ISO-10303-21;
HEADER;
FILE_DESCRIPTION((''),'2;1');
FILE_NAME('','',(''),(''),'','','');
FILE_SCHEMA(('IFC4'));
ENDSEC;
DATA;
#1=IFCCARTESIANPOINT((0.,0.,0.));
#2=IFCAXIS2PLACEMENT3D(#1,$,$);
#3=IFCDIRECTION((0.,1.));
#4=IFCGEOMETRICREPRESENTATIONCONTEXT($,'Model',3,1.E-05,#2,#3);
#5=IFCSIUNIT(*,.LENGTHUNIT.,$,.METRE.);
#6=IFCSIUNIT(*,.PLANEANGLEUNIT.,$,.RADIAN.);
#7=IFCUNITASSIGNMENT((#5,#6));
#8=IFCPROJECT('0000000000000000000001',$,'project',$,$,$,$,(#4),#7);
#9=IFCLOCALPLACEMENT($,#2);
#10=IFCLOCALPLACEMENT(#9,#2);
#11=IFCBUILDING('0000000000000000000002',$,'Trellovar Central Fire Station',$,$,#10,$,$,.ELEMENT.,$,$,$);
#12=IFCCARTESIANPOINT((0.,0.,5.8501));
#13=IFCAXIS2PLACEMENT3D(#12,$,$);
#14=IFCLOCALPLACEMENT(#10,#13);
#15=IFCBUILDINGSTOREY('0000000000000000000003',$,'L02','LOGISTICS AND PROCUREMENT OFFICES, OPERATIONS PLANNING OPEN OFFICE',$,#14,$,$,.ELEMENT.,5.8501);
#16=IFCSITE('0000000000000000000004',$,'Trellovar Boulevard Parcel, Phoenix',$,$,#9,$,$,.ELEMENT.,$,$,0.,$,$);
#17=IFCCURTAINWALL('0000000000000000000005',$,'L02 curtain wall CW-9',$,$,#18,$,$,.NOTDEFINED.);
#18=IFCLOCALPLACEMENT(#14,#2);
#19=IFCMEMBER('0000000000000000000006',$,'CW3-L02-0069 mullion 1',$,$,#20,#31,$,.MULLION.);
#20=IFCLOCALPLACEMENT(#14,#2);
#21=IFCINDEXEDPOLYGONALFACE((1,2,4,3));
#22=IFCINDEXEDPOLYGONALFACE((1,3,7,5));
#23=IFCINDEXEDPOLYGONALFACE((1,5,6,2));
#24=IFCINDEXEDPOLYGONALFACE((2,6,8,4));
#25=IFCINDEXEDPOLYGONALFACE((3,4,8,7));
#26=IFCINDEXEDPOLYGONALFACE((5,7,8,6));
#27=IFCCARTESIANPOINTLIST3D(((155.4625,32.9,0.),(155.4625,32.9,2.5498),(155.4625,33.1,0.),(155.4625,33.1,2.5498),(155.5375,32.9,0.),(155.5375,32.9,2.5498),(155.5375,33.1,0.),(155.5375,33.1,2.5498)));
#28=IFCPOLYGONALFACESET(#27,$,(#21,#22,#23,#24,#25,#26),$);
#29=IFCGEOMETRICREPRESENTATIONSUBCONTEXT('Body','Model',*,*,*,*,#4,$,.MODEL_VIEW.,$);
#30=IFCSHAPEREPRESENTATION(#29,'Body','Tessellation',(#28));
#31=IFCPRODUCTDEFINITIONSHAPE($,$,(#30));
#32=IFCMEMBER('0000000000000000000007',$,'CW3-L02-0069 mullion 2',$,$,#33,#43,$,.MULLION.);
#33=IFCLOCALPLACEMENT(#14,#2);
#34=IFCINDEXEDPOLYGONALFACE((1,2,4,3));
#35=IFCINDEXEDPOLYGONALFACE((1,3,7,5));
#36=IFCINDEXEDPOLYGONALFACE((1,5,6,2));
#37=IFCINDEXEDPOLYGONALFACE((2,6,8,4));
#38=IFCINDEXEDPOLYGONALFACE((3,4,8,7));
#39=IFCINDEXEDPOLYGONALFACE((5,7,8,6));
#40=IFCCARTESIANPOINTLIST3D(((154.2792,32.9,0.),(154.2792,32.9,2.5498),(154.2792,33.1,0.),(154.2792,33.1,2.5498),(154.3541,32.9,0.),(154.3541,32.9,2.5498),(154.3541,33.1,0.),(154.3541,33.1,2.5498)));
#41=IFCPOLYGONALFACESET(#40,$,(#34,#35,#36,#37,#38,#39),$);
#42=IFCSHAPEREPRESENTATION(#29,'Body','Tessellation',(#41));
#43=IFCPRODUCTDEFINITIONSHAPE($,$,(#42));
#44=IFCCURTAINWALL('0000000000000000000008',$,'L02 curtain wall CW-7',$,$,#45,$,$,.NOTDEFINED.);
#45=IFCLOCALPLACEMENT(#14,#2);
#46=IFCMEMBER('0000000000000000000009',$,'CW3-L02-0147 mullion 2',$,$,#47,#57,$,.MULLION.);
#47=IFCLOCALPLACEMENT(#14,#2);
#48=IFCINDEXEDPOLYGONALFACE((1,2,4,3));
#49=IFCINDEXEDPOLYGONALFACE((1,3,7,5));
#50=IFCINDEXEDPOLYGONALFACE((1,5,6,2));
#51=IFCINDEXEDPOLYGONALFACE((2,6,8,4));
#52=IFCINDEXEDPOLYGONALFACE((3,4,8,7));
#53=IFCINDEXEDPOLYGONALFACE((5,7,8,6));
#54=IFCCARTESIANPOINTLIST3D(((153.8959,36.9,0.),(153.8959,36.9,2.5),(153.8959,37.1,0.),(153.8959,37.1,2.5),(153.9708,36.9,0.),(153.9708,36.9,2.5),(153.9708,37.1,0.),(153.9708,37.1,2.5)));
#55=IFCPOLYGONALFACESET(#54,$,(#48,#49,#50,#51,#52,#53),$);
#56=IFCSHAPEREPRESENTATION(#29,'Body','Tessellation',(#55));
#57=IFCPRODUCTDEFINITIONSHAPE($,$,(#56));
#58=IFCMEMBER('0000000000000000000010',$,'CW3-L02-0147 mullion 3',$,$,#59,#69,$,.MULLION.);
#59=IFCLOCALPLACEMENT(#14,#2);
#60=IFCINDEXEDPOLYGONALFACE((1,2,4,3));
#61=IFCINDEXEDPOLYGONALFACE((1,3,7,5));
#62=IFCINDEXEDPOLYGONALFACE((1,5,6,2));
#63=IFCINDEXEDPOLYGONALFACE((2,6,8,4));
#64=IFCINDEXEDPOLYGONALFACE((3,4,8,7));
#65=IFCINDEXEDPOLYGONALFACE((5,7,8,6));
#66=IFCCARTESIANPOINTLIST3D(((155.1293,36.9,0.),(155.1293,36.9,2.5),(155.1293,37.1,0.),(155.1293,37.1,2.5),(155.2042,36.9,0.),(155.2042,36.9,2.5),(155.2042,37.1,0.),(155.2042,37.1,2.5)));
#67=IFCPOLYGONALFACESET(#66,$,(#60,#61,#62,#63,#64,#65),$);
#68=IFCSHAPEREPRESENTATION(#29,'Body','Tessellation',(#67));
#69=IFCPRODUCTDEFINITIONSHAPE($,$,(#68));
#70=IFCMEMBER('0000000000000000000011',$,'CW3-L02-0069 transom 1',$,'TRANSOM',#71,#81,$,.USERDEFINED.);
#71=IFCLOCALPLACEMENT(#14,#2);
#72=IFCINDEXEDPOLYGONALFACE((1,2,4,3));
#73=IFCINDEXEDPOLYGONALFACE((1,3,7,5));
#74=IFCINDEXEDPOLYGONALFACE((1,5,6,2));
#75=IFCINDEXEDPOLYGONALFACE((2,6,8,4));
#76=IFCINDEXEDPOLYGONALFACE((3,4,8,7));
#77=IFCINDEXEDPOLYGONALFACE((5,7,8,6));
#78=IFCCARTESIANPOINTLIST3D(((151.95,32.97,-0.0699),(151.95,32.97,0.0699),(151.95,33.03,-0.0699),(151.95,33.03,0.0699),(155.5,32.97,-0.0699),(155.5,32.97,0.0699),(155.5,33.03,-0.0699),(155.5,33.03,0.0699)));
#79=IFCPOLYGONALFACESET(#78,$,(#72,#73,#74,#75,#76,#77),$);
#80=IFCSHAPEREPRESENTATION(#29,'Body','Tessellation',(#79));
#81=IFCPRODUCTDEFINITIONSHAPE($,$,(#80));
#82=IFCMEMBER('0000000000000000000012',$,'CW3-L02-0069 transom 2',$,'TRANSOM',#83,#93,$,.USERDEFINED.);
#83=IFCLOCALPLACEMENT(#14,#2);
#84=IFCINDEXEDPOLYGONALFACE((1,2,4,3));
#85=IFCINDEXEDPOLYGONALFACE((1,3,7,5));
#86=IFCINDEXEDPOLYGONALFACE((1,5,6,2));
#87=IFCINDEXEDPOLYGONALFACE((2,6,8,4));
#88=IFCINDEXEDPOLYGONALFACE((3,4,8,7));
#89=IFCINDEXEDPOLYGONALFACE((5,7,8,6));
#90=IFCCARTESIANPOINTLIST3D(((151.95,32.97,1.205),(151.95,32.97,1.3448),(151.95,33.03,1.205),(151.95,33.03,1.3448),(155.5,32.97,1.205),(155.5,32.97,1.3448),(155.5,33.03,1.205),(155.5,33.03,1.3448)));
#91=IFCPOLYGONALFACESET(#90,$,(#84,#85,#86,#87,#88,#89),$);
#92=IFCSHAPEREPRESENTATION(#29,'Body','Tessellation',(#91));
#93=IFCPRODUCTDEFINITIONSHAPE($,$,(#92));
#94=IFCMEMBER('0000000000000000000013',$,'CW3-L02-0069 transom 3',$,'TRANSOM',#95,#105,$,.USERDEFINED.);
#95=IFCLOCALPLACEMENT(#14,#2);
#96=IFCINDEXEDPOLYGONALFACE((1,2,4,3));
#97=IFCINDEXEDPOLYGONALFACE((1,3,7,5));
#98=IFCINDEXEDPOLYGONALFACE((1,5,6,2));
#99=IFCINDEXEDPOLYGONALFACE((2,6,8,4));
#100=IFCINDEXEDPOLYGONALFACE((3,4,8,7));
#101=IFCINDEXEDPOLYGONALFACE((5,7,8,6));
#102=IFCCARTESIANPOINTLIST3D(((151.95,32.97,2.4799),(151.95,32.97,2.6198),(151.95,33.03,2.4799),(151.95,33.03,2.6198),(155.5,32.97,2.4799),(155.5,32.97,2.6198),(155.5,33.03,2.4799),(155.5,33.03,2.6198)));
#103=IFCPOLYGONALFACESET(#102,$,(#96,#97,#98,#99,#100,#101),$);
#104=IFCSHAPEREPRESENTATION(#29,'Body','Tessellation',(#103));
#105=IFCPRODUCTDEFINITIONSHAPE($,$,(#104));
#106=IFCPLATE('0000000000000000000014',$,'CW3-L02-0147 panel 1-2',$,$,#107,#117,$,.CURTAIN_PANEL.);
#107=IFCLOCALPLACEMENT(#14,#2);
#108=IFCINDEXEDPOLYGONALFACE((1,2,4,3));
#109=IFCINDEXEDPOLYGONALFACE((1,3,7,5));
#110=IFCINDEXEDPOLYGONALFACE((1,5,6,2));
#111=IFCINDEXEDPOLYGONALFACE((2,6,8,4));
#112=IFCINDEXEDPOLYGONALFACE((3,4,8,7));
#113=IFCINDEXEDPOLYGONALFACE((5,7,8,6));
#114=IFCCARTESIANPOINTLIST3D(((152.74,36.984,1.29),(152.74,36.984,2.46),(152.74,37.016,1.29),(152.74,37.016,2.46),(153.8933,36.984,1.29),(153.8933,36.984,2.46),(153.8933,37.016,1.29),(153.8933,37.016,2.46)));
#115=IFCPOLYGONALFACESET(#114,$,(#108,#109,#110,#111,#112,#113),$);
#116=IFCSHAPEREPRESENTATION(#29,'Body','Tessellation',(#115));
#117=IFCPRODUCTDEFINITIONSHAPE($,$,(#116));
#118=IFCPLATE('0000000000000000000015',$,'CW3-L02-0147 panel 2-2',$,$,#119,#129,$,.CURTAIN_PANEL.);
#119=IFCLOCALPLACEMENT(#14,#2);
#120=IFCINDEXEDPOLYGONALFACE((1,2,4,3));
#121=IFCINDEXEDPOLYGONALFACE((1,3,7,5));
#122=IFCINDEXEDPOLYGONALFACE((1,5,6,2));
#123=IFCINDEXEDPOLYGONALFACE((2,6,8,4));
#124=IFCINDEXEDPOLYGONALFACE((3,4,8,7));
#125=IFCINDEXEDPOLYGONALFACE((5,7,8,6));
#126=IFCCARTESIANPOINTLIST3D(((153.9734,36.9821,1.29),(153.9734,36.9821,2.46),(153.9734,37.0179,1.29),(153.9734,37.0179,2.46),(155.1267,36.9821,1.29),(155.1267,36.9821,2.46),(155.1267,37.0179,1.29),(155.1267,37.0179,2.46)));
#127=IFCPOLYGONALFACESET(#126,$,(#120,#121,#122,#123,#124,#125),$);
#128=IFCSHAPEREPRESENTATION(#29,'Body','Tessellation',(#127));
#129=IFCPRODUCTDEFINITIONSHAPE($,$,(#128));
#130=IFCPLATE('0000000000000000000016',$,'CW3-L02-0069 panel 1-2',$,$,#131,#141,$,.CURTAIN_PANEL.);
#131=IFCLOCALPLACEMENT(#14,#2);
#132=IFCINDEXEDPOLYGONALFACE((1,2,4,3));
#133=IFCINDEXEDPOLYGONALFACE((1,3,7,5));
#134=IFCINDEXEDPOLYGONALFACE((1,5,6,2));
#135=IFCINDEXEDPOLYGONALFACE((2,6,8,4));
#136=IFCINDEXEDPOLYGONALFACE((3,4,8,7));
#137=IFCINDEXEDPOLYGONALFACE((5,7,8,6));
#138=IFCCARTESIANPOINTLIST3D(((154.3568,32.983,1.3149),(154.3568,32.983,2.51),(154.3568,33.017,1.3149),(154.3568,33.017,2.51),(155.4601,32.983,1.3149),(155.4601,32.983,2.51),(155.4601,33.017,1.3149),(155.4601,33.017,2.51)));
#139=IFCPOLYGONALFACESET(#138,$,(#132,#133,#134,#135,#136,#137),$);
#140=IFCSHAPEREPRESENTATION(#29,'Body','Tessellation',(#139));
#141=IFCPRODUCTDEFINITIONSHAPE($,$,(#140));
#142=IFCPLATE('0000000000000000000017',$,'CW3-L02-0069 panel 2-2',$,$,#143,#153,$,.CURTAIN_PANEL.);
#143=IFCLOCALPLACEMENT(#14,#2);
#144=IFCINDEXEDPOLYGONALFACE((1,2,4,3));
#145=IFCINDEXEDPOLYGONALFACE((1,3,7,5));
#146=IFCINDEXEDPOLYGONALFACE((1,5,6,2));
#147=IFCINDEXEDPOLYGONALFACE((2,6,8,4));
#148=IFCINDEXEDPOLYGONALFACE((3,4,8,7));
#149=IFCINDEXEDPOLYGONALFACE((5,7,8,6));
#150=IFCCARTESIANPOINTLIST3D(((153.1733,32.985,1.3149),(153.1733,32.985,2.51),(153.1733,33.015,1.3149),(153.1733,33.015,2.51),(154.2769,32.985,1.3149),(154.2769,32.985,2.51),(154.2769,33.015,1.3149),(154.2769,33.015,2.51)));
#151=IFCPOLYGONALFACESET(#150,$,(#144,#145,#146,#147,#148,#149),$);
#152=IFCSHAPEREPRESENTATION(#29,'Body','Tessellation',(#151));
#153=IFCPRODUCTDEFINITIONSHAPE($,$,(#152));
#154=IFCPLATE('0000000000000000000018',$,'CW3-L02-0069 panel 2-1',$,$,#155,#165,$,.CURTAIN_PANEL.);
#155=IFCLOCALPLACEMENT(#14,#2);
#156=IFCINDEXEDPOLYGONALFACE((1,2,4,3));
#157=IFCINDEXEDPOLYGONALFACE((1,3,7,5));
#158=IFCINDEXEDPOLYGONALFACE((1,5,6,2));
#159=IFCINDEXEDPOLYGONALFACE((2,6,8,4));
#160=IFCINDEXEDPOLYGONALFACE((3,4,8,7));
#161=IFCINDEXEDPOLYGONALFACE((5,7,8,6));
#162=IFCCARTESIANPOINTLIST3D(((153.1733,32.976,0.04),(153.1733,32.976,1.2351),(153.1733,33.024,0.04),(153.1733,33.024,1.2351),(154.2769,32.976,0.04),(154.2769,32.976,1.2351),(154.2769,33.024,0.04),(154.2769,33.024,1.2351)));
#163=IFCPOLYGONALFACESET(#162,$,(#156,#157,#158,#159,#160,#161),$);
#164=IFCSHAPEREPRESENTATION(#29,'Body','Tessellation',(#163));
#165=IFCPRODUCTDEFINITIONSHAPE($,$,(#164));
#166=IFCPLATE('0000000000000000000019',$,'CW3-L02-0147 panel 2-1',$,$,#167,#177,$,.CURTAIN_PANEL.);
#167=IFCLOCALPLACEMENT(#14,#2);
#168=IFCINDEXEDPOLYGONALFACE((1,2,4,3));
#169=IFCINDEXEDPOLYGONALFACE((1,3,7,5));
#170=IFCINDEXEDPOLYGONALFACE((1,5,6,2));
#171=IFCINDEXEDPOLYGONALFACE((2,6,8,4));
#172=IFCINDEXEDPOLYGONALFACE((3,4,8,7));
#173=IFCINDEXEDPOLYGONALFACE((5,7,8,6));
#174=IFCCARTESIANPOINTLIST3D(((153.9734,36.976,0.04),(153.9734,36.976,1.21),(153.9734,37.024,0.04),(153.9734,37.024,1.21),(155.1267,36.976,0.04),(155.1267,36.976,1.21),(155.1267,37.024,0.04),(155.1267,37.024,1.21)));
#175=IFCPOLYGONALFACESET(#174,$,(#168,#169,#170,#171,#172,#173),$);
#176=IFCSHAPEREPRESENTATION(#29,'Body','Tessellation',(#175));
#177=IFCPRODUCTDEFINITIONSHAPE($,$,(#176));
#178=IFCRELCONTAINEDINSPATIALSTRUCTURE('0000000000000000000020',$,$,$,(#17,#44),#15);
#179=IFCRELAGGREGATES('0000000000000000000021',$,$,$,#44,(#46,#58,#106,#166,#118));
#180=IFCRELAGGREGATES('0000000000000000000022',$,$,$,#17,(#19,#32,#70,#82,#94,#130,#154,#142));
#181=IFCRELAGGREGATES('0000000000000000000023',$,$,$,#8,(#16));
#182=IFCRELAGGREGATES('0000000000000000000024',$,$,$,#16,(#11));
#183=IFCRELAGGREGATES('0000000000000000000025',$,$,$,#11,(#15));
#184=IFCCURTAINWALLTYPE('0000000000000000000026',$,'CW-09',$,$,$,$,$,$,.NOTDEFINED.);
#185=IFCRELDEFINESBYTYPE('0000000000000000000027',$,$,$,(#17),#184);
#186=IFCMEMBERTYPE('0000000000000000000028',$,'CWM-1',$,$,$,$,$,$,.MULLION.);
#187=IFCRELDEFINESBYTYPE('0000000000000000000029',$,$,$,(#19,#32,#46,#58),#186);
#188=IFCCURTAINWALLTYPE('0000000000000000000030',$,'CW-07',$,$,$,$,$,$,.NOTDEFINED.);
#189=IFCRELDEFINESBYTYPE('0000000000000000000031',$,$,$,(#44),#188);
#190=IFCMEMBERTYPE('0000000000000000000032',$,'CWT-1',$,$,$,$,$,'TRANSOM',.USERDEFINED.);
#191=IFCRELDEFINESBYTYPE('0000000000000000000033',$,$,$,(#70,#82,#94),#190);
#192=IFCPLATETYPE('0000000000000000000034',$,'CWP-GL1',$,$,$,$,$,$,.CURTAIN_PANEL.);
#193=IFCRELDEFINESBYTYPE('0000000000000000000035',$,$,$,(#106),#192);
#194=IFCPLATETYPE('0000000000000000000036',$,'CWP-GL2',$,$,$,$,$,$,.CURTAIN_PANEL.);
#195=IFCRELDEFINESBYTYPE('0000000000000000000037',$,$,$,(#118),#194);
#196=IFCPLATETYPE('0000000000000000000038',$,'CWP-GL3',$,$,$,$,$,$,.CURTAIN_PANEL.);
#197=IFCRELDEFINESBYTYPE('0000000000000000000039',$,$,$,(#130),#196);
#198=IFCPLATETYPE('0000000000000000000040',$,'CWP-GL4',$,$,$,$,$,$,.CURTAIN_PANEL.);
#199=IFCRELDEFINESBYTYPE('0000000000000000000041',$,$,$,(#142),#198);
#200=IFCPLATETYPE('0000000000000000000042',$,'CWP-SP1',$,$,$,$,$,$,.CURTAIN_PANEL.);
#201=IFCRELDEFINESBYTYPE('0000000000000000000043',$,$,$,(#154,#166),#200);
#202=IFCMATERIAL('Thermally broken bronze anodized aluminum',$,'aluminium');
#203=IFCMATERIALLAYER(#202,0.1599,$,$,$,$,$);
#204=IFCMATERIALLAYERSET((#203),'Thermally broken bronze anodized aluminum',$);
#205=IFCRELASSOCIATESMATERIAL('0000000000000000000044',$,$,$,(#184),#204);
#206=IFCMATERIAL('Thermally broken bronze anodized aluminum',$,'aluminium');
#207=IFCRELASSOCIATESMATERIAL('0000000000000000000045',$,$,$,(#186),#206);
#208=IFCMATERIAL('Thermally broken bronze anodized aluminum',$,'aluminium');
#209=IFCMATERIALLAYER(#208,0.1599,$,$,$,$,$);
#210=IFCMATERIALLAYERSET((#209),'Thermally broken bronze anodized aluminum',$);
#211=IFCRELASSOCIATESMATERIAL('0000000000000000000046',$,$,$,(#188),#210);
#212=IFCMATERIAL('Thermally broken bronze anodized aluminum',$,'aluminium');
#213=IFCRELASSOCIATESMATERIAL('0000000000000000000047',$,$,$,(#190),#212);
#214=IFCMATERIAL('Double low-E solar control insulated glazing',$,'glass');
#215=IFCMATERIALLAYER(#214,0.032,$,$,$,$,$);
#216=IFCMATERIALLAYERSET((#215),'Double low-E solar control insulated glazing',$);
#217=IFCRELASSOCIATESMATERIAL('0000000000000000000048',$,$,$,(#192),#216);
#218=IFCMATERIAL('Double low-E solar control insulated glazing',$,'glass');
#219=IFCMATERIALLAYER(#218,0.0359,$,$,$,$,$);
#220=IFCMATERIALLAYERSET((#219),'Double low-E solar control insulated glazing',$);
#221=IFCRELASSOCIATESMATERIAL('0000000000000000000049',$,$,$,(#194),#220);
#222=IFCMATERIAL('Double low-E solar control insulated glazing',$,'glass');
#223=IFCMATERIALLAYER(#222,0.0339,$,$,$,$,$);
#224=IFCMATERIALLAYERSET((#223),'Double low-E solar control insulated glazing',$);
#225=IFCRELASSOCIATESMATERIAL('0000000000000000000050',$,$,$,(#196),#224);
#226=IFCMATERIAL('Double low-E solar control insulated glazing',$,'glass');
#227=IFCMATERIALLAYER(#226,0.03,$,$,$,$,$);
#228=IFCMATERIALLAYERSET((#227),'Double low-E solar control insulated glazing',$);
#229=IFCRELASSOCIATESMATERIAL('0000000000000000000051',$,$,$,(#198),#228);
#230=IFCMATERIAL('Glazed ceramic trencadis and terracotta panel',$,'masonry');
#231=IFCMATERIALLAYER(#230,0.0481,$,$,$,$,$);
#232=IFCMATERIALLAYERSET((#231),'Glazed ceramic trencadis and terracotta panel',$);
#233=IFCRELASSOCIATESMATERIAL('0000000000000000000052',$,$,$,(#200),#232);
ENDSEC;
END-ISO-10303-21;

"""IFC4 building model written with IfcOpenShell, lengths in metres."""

from ifc_helpers import new_model, si_unit, direction, frame, origin, origin_2d, place, context, subcontext, project, spatial, rectangle, extrude, material, layer, layer_set, material_profile, profile_set, type_object, element, aggregate, save


model = new_model("IFC4")

# Units and contexts
model_context = context("Model", 3, precision=1e-05, world=origin(), true_north=direction((0.0, 1.0)))
body_context = subcontext(model_context, "Body", "Model", "MODEL_VIEW")
ifc_project = project(units=[si_unit("LENGTHUNIT", "METRE"), si_unit("PLANEANGLEUNIT", "RADIAN")], contexts=[model_context])

# Site, building, storey
site_placement = place(None, origin())
site = spatial("IfcSite", under=ifc_project, at=site_placement, Name="Trellovar Boulevard Parcel, Phoenix", CompositionType="ELEMENT", RefElevation=0.0)
building_placement = place(site_placement, origin())
building = spatial("IfcBuilding", under=site, at=building_placement, Name="Trellovar Central Fire Station", CompositionType="ELEMENT")
storey_placement = place(building_placement, frame((0.0, 0.0, 5.8501)))
storey = spatial("IfcBuildingStorey", under=building, at=storey_placement, Name="L02", Description="LOGISTICS AND PROCUREMENT OFFICES, OPERATIONS PLANNING OPEN OFFICE", CompositionType="ELEMENT", Elevation=5.8501)

# Curtain walls, members
ifc_material_1 = material(Name="Thermally broken bronze anodized aluminum", Category="aluminium")
ifc_layer_1 = layer(ifc_material_1, 0.1599)
ifc_layer_set_1 = layer_set([ifc_layer_1], Name="Thermally broken bronze anodized aluminum")
curtain_wall_type_1 = type_object("IfcCurtainWallType", Name="CW-09", PredefinedType="NOTDEFINED", material=ifc_layer_set_1)
curtain_wall_1_placement = place(storey_placement, origin())
curtain_wall_1 = element("IfcCurtainWall", 1, at=curtain_wall_1_placement, inside=storey, type_object=curtain_wall_type_1, Name="L02 curtain wall CW-9", PredefinedType="NOTDEFINED")
ifc_material_2 = material(Name="Thermally broken bronze anodized aluminum", Category="aluminium")
ifc_material_profile_1 = material_profile(ifc_material_2, rectangle(XDim=0.075, YDim=0.2, at=origin_2d()), Name="ALU75X200")
ifc_profile_set_1 = profile_set([ifc_material_profile_1], Name="Thermally broken bronze anodized aluminum")
member_type_1 = type_object("IfcMemberType", Name="CWM-1", PredefinedType="MULLION", material=ifc_profile_set_1)
member_1_placement = place(storey_placement, frame((155.5, 33.0, 0.0), z_axis=(0.0, 0.0, 1.0), x_axis=(1.0, 0.0, 0.0)))
member_1 = element("IfcMember", 2, at=member_1_placement, type_object=member_type_1, Name="CW3-L02-0069 mullion 1", PredefinedType="MULLION", context=body_context, shape_type="SweptSolid", body=[
    extrude(rectangle(XDim=0.075, YDim=0.2, at=origin_2d()), origin(), (0.0, 0.0, 1.0), 2.5498),
])
member_2_placement = place(storey_placement, frame((154.3167, 33.0, 0.0), z_axis=(0.0, 0.0, 1.0), x_axis=(1.0, 0.0, 0.0)))
member_2 = element("IfcMember", 3, at=member_2_placement, type_object=member_type_1, Name="CW3-L02-0069 mullion 2", PredefinedType="MULLION", context=body_context, shape_type="SweptSolid", body=[
    extrude(rectangle(XDim=0.075, YDim=0.2, at=origin_2d()), origin(), (0.0, 0.0, 1.0), 2.5498),
])
ifc_material_3 = material(Name="Thermally broken bronze anodized aluminum", Category="aluminium")
ifc_layer_2 = layer(ifc_material_3, 0.1599)
ifc_layer_set_2 = layer_set([ifc_layer_2], Name="Thermally broken bronze anodized aluminum")
curtain_wall_type_2 = type_object("IfcCurtainWallType", Name="CW-07", PredefinedType="NOTDEFINED", material=ifc_layer_set_2)
curtain_wall_2_placement = place(storey_placement, origin())
curtain_wall_2 = element("IfcCurtainWall", 4, at=curtain_wall_2_placement, inside=storey, type_object=curtain_wall_type_2, Name="L02 curtain wall CW-7", PredefinedType="NOTDEFINED")
member_3_placement = place(storey_placement, frame((153.9333, 37.0, 0.0), z_axis=(0.0, 0.0, 1.0), x_axis=(1.0, 0.0, 0.0)))
member_3 = element("IfcMember", 5, at=member_3_placement, type_object=member_type_1, Name="CW3-L02-0147 mullion 2", PredefinedType="MULLION", context=body_context, shape_type="SweptSolid", body=[
    extrude(rectangle(XDim=0.075, YDim=0.2, at=origin_2d()), origin(), (0.0, 0.0, 1.0), 2.5),
])
member_4_placement = place(storey_placement, frame((155.1667, 37.0, 0.0), z_axis=(0.0, 0.0, 1.0), x_axis=(1.0, 0.0, 0.0)))
member_4 = element("IfcMember", 6, at=member_4_placement, type_object=member_type_1, Name="CW3-L02-0147 mullion 3", PredefinedType="MULLION", context=body_context, shape_type="SweptSolid", body=[
    extrude(rectangle(XDim=0.075, YDim=0.2, at=origin_2d()), origin(), (0.0, 0.0, 1.0), 2.5),
])

# Members
ifc_material_4 = material(Name="Thermally broken bronze anodized aluminum", Category="aluminium")
ifc_material_profile_2 = material_profile(ifc_material_4, rectangle(XDim=0.0601, YDim=0.1399, at=origin_2d()), Name="ALU60X140")
ifc_profile_set_2 = profile_set([ifc_material_profile_2], Name="Thermally broken bronze anodized aluminum")
member_type_2 = type_object("IfcMemberType", Name="CWT-1", ElementType="TRANSOM", PredefinedType="USERDEFINED", material=ifc_profile_set_2)
member_5_placement = place(storey_placement, frame((155.5, 33.0, 0.0), z_axis=(-1.0, 0.0, 0.0), x_axis=(0.0, -1.0, 0.0)))
member_5 = element("IfcMember", 7, at=member_5_placement, type_object=member_type_2, Name="CW3-L02-0069 transom 1", ObjectType="TRANSOM", PredefinedType="USERDEFINED", context=body_context, shape_type="SweptSolid", body=[
    extrude(rectangle(XDim=0.0601, YDim=0.1399, at=origin_2d()), origin(), (0.0, 0.0, 1.0), 3.55),
])
member_6_placement = place(storey_placement, frame((155.5, 33.0, 1.2749), z_axis=(-1.0, 0.0, 0.0), x_axis=(0.0, -1.0, 0.0)))
member_6 = element("IfcMember", 8, at=member_6_placement, type_object=member_type_2, Name="CW3-L02-0069 transom 2", ObjectType="TRANSOM", PredefinedType="USERDEFINED", context=body_context, shape_type="SweptSolid", body=[
    extrude(rectangle(XDim=0.0601, YDim=0.1399, at=origin_2d()), origin(), (0.0, 0.0, 1.0), 3.55),
])
member_7_placement = place(storey_placement, frame((155.5, 33.0, 2.5498), z_axis=(-1.0, 0.0, 0.0), x_axis=(0.0, -1.0, 0.0)))
member_7 = element("IfcMember", 9, at=member_7_placement, type_object=member_type_2, Name="CW3-L02-0069 transom 3", ObjectType="TRANSOM", PredefinedType="USERDEFINED", context=body_context, shape_type="SweptSolid", body=[
    extrude(rectangle(XDim=0.0601, YDim=0.1399, at=origin_2d()), origin(), (0.0, 0.0, 1.0), 3.55),
])

# Plates
ifc_material_5 = material(Name="Double low-E solar control insulated glazing", Category="glass")
ifc_layer_3 = layer(ifc_material_5, 0.032)
ifc_layer_set_3 = layer_set([ifc_layer_3], Name="Double low-E solar control insulated glazing")
plate_type_1 = type_object("IfcPlateType", Name="CWP-GL1", PredefinedType="CURTAIN_PANEL", material=ifc_layer_set_3)
plate_1_placement = place(storey_placement, frame((153.3167, 37.0, 1.29), z_axis=(0.0, 0.0, 1.0), x_axis=(1.0, 0.0, 0.0)))
plate_1 = element("IfcPlate", 10, at=plate_1_placement, type_object=plate_type_1, Name="CW3-L02-0147 panel 1-2", PredefinedType="CURTAIN_PANEL", context=body_context, shape_type="SweptSolid", body=[
    extrude(rectangle(XDim=1.1533, YDim=0.032, at=origin_2d()), origin(), (0.0, 0.0, 1.0), 1.1699),
])
ifc_material_6 = material(Name="Double low-E solar control insulated glazing", Category="glass")
ifc_layer_4 = layer(ifc_material_6, 0.0359)
ifc_layer_set_4 = layer_set([ifc_layer_4], Name="Double low-E solar control insulated glazing")
plate_type_2 = type_object("IfcPlateType", Name="CWP-GL2", PredefinedType="CURTAIN_PANEL", material=ifc_layer_set_4)
plate_2_placement = place(storey_placement, frame((154.55, 37.0, 1.29), z_axis=(0.0, 0.0, 1.0), x_axis=(1.0, 0.0, 0.0)))
plate_2 = element("IfcPlate", 11, at=plate_2_placement, type_object=plate_type_2, Name="CW3-L02-0147 panel 2-2", PredefinedType="CURTAIN_PANEL", context=body_context, shape_type="SweptSolid", body=[
    extrude(rectangle(XDim=1.1533, YDim=0.0359, at=origin_2d()), origin(), (0.0, 0.0, 1.0), 1.1699),
])
ifc_material_7 = material(Name="Double low-E solar control insulated glazing", Category="glass")
ifc_layer_5 = layer(ifc_material_7, 0.0339)
ifc_layer_set_5 = layer_set([ifc_layer_5], Name="Double low-E solar control insulated glazing")
plate_type_3 = type_object("IfcPlateType", Name="CWP-GL3", PredefinedType="CURTAIN_PANEL", material=ifc_layer_set_5)
plate_3_placement = place(storey_placement, frame((154.9084, 33.0, 1.3149), z_axis=(0.0, 0.0, 1.0), x_axis=(-1.0, 0.0, 0.0)))
plate_3 = element("IfcPlate", 12, at=plate_3_placement, type_object=plate_type_3, Name="CW3-L02-0069 panel 1-2", PredefinedType="CURTAIN_PANEL", context=body_context, shape_type="SweptSolid", body=[
    extrude(rectangle(XDim=1.1033, YDim=0.0339, at=origin_2d()), origin(), (0.0, 0.0, 1.0), 1.1951),
])
ifc_material_8 = material(Name="Double low-E solar control insulated glazing", Category="glass")
ifc_layer_6 = layer(ifc_material_8, 0.03)
ifc_layer_set_6 = layer_set([ifc_layer_6], Name="Double low-E solar control insulated glazing")
plate_type_4 = type_object("IfcPlateType", Name="CWP-GL4", PredefinedType="CURTAIN_PANEL", material=ifc_layer_set_6)
plate_4_placement = place(storey_placement, frame((153.7251, 33.0, 1.3149), z_axis=(0.0, 0.0, 1.0), x_axis=(-1.0, 0.0, 0.0)))
plate_4 = element("IfcPlate", 13, at=plate_4_placement, type_object=plate_type_4, Name="CW3-L02-0069 panel 2-2", PredefinedType="CURTAIN_PANEL", context=body_context, shape_type="SweptSolid", body=[
    extrude(rectangle(XDim=1.1035, YDim=0.03, at=origin_2d()), origin(), (0.0, 0.0, 1.0), 1.1951),
])
ifc_material_9 = material(Name="Glazed ceramic trencadis and terracotta panel", Category="masonry")
ifc_layer_7 = layer(ifc_material_9, 0.0481)
ifc_layer_set_7 = layer_set([ifc_layer_7], Name="Glazed ceramic trencadis and terracotta panel")
plate_type_5 = type_object("IfcPlateType", Name="CWP-SP1", PredefinedType="CURTAIN_PANEL", material=ifc_layer_set_7)
plate_5_placement = place(storey_placement, frame((153.7251, 33.0, 0.04), z_axis=(0.0, 0.0, 1.0), x_axis=(-1.0, 0.0, 0.0)))
plate_5 = element("IfcPlate", 14, at=plate_5_placement, type_object=plate_type_5, Name="CW3-L02-0069 panel 2-1", PredefinedType="CURTAIN_PANEL", context=body_context, shape_type="SweptSolid", body=[
    extrude(rectangle(XDim=1.1035, YDim=0.0481, at=origin_2d()), origin(), (0.0, 0.0, 1.0), 1.1951),
])
plate_6_placement = place(storey_placement, frame((154.55, 37.0, 0.04), z_axis=(0.0, 0.0, 1.0), x_axis=(1.0, 0.0, 0.0)))
plate_6 = element("IfcPlate", 15, at=plate_6_placement, type_object=plate_type_5, Name="CW3-L02-0147 panel 2-1", PredefinedType="CURTAIN_PANEL", context=body_context, shape_type="SweptSolid", body=[
    extrude(rectangle(XDim=1.1533, YDim=0.0481, at=origin_2d()), origin(), (0.0, 0.0, 1.0), 1.1699),
])
aggregate(curtain_wall_2, [member_3, member_4, plate_1, plate_6, plate_2])
aggregate(curtain_wall_1, [member_1, member_2, member_5, member_6, member_7, plate_3, plate_5, plate_4])

save(model, "model.ifc")
